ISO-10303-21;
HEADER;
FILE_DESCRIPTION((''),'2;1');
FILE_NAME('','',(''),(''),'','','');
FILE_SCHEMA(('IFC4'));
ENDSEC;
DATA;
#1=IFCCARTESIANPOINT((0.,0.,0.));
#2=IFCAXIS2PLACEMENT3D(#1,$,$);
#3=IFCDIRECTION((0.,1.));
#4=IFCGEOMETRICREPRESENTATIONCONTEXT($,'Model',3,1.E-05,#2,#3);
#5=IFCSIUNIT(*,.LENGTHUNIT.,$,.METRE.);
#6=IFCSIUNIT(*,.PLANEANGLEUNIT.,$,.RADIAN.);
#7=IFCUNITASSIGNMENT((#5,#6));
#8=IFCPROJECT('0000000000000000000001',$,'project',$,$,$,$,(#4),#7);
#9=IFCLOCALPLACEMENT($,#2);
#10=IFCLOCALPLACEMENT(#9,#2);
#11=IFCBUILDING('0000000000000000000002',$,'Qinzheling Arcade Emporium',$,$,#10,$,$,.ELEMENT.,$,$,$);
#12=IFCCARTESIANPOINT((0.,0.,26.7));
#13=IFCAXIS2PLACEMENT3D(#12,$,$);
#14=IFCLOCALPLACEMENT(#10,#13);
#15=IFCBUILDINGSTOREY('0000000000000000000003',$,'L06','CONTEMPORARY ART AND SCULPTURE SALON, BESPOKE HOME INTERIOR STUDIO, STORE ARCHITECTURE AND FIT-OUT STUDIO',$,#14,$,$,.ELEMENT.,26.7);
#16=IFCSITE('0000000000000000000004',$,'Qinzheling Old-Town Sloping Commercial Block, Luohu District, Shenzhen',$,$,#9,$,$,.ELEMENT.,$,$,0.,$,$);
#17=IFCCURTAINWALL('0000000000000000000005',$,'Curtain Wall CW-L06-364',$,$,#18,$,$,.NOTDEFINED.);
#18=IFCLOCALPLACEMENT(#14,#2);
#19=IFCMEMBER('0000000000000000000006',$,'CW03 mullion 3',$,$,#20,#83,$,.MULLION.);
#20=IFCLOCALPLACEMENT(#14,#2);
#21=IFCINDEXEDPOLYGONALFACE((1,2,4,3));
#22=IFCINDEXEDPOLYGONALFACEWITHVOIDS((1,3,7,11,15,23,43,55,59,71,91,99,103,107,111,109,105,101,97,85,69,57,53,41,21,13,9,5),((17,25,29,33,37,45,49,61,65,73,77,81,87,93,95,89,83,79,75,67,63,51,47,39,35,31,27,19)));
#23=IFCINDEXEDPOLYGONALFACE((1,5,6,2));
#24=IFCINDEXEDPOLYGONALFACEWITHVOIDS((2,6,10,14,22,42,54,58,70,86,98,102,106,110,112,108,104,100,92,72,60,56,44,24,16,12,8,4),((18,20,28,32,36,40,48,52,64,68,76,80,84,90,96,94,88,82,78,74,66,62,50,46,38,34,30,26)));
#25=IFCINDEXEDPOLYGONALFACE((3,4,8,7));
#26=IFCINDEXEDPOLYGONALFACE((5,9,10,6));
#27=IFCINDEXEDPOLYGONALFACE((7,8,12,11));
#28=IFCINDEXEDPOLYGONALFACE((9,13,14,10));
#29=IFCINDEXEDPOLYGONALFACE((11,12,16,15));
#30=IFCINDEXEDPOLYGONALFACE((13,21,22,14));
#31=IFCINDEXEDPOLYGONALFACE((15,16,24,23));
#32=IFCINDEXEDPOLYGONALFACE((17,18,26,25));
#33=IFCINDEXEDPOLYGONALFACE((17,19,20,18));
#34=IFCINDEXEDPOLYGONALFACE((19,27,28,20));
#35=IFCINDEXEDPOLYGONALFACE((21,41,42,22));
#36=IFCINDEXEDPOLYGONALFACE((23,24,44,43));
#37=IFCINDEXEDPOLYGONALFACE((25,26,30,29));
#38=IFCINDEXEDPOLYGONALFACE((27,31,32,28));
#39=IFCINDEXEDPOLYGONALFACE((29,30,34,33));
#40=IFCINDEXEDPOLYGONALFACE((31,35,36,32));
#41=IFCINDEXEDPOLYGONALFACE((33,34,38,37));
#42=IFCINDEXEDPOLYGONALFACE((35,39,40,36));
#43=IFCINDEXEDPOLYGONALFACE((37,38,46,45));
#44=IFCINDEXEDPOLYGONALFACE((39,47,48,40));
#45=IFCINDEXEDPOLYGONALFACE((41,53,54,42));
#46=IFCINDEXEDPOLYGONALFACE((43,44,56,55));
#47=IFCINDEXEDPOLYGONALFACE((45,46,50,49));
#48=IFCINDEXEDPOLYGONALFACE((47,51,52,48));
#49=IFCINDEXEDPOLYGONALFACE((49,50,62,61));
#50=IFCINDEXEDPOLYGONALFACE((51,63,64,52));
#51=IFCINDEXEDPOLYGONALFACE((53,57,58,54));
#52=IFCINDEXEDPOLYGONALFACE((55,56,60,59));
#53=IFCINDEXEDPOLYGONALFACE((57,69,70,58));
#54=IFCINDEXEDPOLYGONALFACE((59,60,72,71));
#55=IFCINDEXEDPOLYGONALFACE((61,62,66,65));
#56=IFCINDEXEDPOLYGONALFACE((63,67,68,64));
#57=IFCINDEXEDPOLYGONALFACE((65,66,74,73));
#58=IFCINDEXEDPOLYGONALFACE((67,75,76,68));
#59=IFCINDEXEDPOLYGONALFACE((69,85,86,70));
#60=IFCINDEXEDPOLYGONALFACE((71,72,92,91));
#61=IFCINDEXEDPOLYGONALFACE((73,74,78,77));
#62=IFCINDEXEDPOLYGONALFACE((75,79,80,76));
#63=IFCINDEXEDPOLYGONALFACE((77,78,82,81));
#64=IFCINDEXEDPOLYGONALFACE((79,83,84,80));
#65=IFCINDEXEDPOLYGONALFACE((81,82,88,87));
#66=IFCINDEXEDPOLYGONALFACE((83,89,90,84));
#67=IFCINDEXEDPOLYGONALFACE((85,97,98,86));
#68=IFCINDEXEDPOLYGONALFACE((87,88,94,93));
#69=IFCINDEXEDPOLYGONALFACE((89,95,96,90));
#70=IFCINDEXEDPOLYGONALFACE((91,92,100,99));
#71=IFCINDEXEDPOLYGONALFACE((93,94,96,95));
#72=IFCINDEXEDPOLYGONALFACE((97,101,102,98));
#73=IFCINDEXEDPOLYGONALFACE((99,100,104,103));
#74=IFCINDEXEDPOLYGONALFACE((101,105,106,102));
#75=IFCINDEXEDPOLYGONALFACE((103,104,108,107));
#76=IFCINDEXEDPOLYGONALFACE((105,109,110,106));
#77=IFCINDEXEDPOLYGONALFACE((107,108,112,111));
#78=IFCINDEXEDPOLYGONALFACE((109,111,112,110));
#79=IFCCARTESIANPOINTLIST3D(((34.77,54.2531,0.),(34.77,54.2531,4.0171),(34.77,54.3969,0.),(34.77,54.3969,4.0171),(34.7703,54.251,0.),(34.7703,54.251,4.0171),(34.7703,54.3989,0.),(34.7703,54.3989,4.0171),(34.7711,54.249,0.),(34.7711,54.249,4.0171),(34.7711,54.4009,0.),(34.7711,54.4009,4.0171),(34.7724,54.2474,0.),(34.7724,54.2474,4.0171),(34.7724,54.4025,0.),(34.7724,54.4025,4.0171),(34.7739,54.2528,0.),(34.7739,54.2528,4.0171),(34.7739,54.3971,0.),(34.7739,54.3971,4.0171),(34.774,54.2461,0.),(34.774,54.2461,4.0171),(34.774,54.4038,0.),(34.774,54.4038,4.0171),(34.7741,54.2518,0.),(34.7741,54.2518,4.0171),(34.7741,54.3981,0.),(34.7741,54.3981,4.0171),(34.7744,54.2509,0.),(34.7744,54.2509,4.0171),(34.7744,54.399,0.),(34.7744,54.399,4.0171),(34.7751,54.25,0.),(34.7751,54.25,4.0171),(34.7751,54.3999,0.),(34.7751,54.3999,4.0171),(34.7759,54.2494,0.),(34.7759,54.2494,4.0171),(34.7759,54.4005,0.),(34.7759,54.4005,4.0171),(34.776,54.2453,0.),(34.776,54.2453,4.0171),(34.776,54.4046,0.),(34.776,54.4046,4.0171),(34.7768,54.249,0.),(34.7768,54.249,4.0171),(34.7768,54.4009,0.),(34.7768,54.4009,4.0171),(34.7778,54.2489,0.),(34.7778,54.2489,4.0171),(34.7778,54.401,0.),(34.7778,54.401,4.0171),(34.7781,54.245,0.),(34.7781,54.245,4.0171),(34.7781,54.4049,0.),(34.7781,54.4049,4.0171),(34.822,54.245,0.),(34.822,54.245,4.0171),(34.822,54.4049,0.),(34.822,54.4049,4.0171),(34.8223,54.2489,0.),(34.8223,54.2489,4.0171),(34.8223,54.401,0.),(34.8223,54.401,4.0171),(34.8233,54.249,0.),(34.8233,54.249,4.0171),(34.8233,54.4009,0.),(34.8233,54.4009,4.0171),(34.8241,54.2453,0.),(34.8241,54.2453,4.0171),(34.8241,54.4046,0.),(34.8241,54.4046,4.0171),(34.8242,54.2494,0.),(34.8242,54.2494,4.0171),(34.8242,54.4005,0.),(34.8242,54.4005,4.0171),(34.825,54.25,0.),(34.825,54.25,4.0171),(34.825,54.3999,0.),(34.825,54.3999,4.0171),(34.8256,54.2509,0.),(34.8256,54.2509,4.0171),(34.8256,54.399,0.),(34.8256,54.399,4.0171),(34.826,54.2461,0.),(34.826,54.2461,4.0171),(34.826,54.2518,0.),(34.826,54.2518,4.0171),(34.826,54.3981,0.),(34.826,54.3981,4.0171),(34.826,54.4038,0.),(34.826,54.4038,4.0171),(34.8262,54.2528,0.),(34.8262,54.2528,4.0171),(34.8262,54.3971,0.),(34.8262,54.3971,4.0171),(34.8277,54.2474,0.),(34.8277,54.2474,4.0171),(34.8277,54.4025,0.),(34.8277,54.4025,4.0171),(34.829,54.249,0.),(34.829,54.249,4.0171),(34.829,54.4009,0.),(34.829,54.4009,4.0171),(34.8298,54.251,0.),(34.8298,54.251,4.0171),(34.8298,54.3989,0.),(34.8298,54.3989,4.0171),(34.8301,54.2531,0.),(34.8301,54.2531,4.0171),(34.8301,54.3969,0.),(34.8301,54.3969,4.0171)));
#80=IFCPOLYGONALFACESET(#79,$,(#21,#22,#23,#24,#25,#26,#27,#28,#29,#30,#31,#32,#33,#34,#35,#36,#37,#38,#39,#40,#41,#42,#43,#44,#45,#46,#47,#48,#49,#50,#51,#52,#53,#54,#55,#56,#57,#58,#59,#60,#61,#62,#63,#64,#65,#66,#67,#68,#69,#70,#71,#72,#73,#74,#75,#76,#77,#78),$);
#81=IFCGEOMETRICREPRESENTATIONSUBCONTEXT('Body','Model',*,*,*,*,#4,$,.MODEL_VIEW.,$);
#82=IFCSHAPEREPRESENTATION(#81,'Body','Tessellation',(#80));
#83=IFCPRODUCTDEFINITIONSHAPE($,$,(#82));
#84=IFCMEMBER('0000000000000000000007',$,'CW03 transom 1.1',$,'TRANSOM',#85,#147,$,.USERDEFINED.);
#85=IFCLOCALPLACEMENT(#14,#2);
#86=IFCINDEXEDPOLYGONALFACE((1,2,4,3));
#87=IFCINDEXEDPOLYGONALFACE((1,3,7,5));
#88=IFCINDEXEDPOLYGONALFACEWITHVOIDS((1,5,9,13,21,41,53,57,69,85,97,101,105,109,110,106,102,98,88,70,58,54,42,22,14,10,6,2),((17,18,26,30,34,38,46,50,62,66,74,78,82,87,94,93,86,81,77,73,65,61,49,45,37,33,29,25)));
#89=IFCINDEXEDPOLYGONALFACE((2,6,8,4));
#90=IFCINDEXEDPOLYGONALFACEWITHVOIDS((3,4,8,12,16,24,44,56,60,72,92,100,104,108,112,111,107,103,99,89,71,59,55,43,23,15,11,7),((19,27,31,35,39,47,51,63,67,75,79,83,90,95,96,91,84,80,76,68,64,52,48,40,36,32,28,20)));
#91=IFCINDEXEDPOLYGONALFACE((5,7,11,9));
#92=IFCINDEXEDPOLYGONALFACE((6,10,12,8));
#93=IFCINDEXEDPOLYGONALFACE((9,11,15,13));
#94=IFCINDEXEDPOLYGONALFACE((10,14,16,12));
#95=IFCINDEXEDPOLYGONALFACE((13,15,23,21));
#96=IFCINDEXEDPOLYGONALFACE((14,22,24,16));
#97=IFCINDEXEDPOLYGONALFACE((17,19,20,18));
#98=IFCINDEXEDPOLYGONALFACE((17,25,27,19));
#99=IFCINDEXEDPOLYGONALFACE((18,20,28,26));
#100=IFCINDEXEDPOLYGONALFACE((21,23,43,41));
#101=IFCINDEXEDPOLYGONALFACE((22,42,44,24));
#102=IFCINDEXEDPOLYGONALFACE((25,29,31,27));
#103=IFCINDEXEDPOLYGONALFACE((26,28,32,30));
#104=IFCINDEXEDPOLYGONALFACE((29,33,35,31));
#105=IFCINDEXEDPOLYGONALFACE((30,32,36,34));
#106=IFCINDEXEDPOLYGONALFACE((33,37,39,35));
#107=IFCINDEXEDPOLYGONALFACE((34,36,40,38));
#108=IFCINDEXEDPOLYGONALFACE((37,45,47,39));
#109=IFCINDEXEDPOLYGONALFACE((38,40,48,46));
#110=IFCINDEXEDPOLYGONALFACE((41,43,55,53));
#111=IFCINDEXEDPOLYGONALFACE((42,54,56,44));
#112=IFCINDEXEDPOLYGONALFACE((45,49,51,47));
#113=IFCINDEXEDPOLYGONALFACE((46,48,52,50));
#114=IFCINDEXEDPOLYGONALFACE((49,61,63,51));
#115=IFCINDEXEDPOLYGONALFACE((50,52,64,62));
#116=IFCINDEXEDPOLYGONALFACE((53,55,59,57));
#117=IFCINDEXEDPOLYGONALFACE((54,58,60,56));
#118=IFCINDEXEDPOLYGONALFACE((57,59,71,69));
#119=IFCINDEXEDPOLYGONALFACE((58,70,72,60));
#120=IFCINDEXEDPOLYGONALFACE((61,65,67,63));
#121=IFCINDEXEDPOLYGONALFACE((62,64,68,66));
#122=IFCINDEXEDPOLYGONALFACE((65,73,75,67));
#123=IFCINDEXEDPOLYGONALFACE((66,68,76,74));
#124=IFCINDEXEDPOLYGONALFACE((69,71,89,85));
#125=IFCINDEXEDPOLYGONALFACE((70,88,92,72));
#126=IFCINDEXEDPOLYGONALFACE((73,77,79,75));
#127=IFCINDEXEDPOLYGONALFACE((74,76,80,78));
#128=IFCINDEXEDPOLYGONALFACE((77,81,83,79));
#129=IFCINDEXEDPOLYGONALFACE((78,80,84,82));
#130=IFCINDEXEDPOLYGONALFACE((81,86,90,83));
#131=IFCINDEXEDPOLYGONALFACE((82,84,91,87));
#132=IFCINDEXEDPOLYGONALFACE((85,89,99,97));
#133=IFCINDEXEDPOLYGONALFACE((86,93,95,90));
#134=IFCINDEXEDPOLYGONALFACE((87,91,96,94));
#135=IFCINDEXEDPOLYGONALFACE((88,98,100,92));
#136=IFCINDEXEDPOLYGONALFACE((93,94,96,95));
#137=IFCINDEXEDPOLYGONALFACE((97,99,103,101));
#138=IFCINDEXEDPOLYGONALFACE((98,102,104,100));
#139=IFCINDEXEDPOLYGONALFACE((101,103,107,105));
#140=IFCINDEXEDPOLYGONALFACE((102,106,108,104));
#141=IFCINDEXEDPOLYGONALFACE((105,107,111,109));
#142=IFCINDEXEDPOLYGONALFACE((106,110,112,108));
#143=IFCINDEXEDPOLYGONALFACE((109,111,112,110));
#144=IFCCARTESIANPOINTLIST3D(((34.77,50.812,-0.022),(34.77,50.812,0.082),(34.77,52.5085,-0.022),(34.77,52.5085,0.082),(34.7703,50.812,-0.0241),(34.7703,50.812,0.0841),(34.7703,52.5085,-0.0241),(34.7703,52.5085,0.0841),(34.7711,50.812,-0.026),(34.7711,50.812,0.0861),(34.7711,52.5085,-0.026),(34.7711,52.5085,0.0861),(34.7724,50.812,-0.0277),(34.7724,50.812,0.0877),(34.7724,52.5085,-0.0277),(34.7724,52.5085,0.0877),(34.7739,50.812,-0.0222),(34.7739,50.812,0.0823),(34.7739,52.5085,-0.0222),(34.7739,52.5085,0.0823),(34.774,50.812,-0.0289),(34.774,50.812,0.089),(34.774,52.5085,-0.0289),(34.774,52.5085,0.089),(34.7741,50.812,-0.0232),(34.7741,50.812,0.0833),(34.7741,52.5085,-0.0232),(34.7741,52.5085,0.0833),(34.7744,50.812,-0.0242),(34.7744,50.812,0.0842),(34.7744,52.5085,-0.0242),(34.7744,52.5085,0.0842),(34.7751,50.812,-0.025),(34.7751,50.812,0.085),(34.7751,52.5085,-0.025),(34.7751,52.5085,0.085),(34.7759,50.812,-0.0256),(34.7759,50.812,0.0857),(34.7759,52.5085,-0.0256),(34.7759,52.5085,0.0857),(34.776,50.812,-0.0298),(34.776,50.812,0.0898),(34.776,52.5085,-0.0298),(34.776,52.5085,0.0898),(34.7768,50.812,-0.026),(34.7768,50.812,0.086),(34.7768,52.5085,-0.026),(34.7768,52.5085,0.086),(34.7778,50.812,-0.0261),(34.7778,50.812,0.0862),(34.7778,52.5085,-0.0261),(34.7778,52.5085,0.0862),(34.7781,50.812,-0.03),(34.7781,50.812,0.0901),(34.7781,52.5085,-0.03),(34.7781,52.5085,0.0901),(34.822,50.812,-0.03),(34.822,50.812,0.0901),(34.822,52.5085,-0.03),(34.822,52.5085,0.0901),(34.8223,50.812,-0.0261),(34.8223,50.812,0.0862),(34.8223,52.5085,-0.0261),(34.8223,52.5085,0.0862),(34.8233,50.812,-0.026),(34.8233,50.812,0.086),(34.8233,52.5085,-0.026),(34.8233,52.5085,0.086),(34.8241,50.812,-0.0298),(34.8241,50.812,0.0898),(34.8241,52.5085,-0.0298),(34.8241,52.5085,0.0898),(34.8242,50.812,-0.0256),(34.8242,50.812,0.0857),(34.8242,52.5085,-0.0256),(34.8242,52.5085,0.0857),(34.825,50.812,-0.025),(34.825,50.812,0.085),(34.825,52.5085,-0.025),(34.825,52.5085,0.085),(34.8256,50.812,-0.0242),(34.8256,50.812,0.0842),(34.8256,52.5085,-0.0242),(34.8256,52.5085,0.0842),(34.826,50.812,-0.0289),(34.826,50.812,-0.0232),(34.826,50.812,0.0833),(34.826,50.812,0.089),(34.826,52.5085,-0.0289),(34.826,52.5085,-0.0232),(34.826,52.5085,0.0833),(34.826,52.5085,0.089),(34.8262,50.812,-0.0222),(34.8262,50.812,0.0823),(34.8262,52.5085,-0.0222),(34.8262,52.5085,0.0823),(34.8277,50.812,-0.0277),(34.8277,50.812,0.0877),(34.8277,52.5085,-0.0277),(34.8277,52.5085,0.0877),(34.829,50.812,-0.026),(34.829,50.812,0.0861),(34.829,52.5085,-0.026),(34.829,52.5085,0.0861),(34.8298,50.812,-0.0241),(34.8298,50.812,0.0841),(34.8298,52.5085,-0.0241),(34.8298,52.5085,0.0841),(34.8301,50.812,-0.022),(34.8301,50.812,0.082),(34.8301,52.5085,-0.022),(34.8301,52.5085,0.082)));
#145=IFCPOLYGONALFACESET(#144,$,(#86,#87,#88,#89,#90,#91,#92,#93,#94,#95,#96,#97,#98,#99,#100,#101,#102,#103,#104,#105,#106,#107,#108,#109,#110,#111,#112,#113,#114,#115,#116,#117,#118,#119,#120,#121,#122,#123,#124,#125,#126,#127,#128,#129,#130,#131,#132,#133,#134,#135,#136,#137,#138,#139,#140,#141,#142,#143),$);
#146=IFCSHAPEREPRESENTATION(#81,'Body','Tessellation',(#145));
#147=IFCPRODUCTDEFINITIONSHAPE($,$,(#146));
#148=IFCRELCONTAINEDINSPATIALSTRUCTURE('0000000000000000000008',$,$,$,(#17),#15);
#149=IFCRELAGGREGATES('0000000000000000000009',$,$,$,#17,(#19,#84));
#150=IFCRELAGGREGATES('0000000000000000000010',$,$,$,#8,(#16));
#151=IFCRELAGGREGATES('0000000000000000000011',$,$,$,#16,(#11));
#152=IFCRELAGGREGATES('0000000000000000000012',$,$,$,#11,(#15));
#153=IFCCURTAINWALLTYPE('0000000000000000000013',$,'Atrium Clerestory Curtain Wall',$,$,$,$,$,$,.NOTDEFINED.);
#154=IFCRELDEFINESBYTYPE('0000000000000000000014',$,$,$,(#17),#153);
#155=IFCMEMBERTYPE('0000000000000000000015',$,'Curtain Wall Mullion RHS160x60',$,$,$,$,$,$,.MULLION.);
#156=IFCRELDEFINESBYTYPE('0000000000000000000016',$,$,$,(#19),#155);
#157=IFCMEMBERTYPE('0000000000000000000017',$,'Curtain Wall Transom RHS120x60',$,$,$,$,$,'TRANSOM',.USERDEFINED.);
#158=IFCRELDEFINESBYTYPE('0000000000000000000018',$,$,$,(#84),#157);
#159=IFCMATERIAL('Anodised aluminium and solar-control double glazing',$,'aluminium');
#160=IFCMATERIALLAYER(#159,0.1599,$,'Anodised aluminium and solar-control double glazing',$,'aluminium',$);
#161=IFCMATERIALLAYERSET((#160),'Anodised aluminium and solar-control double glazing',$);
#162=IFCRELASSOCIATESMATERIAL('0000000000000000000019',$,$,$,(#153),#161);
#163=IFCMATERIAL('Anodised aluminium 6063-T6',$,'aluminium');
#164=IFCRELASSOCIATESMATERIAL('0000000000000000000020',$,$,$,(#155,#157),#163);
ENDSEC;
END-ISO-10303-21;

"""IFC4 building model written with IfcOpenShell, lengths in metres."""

from ifc_helpers import new_model, si_unit, direction, frame, origin, origin_2d, place, context, subcontext, project, spatial, hollow_rectangle, extrude, material, layer, layer_set, material_profile, profile_set, type_object, element, aggregate, save


model = new_model("IFC4")

# Units and contexts
model_context = context("Model", 3, precision=1e-05, world=origin(), true_north=direction((0.0, 1.0)))
body_context = subcontext(model_context, "Body", "Model", "MODEL_VIEW")
ifc_project = project(units=[si_unit("LENGTHUNIT", "METRE"), si_unit("PLANEANGLEUNIT", "RADIAN")], contexts=[model_context])

# Site, building, storey
site_placement = place(None, origin())
site = spatial("IfcSite", under=ifc_project, at=site_placement, Name="Qinzheling Old-Town Sloping Commercial Block, Luohu District, Shenzhen", CompositionType="ELEMENT", RefElevation=0.0)
building_placement = place(site_placement, origin())
building = spatial("IfcBuilding", under=site, at=building_placement, Name="Qinzheling Arcade Emporium", CompositionType="ELEMENT")
storey_placement = place(building_placement, frame((0.0, 0.0, 26.7)))
storey = spatial("IfcBuildingStorey", under=building, at=storey_placement, Name="L06", Description="CONTEMPORARY ART AND SCULPTURE SALON, BESPOKE HOME INTERIOR STUDIO, STORE ARCHITECTURE AND FIT-OUT STUDIO", CompositionType="ELEMENT", Elevation=26.7)

# Shared definitions
ifc_material_1 = material(Name="Anodised aluminium and solar-control double glazing", Category="aluminium")
ifc_layer_1 = layer(ifc_material_1, 0.1599, Name="Anodised aluminium and solar-control double glazing", Category="aluminium")
ifc_layer_set_1 = layer_set([ifc_layer_1], Name="Anodised aluminium and solar-control double glazing")
curtain_wall_type = type_object("IfcCurtainWallType", Name="Atrium Clerestory Curtain Wall", PredefinedType="NOTDEFINED", material=ifc_layer_set_1)
ifc_material_2 = material(Name="Anodised aluminium 6063-T6", Category="aluminium")
ifc_material_profile_1 = material_profile(ifc_material_2, hollow_rectangle(XDim=0.0601, YDim=0.1599, WallThickness=0.0039, InnerFilletRadius=0.0039, OuterFilletRadius=0.0081, at=origin_2d()), Name="RHS 160x60x4", Category="aluminium")
ifc_profile_set_1 = profile_set([ifc_material_profile_1], Name="Anodised aluminium 6063-T6")
member_type_1 = type_object("IfcMemberType", Name="Curtain Wall Mullion RHS160x60", PredefinedType="MULLION", material=ifc_profile_set_1)

# Curtain wall, members
curtain_wall_1_placement = place(storey_placement, origin())
curtain_wall_1 = element("IfcCurtainWall", 1, at=curtain_wall_1_placement, inside=storey, type_object=curtain_wall_type, Name="Curtain Wall CW-L06-364", PredefinedType="NOTDEFINED")
member_1_placement = place(storey_placement, frame((34.8, 54.325, 0.0), z_axis=(0.0, 0.0, 1.0), x_axis=(-1.0, 0.0, 0.0)))
member_1 = element("IfcMember", 2, at=member_1_placement, type_object=member_type_1, Name="CW03 mullion 3", PredefinedType="MULLION", context=body_context, shape_type="SweptSolid", body=[
    extrude(hollow_rectangle(XDim=0.0601, YDim=0.1599, WallThickness=0.0039, InnerFilletRadius=0.0039, OuterFilletRadius=0.0081, at=origin_2d()), origin(), (0.0, 0.0, 1.0), 4.0171),
])
ifc_material_profile_2 = material_profile(ifc_material_2, hollow_rectangle(XDim=0.0601, YDim=0.1201, WallThickness=0.0039, InnerFilletRadius=0.0039, OuterFilletRadius=0.0081, at=origin_2d()), Name="RHS 120x60x4", Category="aluminium")
ifc_profile_set_2 = profile_set([ifc_material_profile_2], Name="Anodised aluminium 6063-T6")
member_type_2 = type_object("IfcMemberType", Name="Curtain Wall Transom RHS120x60", ElementType="TRANSOM", PredefinedType="USERDEFINED", material=ifc_profile_set_2)
member_2_placement = place(storey_placement, frame((34.8, 50.812, 0.03), z_axis=(0.0, 1.0, 0.0), x_axis=(-1.0, 0.0, 0.0)))
member_2 = element("IfcMember", 3, at=member_2_placement, type_object=member_type_2, Name="CW03 transom 1.1", ObjectType="TRANSOM", PredefinedType="USERDEFINED", context=body_context, shape_type="SweptSolid", body=[
    extrude(hollow_rectangle(XDim=0.0601, YDim=0.1201, WallThickness=0.0039, InnerFilletRadius=0.0039, OuterFilletRadius=0.0081, at=origin_2d()), origin(), (0.0, 0.0, 1.0), 1.6965),
])

aggregate(curtain_wall_1, [member_1, member_2])

save(model, "model.ifc")
